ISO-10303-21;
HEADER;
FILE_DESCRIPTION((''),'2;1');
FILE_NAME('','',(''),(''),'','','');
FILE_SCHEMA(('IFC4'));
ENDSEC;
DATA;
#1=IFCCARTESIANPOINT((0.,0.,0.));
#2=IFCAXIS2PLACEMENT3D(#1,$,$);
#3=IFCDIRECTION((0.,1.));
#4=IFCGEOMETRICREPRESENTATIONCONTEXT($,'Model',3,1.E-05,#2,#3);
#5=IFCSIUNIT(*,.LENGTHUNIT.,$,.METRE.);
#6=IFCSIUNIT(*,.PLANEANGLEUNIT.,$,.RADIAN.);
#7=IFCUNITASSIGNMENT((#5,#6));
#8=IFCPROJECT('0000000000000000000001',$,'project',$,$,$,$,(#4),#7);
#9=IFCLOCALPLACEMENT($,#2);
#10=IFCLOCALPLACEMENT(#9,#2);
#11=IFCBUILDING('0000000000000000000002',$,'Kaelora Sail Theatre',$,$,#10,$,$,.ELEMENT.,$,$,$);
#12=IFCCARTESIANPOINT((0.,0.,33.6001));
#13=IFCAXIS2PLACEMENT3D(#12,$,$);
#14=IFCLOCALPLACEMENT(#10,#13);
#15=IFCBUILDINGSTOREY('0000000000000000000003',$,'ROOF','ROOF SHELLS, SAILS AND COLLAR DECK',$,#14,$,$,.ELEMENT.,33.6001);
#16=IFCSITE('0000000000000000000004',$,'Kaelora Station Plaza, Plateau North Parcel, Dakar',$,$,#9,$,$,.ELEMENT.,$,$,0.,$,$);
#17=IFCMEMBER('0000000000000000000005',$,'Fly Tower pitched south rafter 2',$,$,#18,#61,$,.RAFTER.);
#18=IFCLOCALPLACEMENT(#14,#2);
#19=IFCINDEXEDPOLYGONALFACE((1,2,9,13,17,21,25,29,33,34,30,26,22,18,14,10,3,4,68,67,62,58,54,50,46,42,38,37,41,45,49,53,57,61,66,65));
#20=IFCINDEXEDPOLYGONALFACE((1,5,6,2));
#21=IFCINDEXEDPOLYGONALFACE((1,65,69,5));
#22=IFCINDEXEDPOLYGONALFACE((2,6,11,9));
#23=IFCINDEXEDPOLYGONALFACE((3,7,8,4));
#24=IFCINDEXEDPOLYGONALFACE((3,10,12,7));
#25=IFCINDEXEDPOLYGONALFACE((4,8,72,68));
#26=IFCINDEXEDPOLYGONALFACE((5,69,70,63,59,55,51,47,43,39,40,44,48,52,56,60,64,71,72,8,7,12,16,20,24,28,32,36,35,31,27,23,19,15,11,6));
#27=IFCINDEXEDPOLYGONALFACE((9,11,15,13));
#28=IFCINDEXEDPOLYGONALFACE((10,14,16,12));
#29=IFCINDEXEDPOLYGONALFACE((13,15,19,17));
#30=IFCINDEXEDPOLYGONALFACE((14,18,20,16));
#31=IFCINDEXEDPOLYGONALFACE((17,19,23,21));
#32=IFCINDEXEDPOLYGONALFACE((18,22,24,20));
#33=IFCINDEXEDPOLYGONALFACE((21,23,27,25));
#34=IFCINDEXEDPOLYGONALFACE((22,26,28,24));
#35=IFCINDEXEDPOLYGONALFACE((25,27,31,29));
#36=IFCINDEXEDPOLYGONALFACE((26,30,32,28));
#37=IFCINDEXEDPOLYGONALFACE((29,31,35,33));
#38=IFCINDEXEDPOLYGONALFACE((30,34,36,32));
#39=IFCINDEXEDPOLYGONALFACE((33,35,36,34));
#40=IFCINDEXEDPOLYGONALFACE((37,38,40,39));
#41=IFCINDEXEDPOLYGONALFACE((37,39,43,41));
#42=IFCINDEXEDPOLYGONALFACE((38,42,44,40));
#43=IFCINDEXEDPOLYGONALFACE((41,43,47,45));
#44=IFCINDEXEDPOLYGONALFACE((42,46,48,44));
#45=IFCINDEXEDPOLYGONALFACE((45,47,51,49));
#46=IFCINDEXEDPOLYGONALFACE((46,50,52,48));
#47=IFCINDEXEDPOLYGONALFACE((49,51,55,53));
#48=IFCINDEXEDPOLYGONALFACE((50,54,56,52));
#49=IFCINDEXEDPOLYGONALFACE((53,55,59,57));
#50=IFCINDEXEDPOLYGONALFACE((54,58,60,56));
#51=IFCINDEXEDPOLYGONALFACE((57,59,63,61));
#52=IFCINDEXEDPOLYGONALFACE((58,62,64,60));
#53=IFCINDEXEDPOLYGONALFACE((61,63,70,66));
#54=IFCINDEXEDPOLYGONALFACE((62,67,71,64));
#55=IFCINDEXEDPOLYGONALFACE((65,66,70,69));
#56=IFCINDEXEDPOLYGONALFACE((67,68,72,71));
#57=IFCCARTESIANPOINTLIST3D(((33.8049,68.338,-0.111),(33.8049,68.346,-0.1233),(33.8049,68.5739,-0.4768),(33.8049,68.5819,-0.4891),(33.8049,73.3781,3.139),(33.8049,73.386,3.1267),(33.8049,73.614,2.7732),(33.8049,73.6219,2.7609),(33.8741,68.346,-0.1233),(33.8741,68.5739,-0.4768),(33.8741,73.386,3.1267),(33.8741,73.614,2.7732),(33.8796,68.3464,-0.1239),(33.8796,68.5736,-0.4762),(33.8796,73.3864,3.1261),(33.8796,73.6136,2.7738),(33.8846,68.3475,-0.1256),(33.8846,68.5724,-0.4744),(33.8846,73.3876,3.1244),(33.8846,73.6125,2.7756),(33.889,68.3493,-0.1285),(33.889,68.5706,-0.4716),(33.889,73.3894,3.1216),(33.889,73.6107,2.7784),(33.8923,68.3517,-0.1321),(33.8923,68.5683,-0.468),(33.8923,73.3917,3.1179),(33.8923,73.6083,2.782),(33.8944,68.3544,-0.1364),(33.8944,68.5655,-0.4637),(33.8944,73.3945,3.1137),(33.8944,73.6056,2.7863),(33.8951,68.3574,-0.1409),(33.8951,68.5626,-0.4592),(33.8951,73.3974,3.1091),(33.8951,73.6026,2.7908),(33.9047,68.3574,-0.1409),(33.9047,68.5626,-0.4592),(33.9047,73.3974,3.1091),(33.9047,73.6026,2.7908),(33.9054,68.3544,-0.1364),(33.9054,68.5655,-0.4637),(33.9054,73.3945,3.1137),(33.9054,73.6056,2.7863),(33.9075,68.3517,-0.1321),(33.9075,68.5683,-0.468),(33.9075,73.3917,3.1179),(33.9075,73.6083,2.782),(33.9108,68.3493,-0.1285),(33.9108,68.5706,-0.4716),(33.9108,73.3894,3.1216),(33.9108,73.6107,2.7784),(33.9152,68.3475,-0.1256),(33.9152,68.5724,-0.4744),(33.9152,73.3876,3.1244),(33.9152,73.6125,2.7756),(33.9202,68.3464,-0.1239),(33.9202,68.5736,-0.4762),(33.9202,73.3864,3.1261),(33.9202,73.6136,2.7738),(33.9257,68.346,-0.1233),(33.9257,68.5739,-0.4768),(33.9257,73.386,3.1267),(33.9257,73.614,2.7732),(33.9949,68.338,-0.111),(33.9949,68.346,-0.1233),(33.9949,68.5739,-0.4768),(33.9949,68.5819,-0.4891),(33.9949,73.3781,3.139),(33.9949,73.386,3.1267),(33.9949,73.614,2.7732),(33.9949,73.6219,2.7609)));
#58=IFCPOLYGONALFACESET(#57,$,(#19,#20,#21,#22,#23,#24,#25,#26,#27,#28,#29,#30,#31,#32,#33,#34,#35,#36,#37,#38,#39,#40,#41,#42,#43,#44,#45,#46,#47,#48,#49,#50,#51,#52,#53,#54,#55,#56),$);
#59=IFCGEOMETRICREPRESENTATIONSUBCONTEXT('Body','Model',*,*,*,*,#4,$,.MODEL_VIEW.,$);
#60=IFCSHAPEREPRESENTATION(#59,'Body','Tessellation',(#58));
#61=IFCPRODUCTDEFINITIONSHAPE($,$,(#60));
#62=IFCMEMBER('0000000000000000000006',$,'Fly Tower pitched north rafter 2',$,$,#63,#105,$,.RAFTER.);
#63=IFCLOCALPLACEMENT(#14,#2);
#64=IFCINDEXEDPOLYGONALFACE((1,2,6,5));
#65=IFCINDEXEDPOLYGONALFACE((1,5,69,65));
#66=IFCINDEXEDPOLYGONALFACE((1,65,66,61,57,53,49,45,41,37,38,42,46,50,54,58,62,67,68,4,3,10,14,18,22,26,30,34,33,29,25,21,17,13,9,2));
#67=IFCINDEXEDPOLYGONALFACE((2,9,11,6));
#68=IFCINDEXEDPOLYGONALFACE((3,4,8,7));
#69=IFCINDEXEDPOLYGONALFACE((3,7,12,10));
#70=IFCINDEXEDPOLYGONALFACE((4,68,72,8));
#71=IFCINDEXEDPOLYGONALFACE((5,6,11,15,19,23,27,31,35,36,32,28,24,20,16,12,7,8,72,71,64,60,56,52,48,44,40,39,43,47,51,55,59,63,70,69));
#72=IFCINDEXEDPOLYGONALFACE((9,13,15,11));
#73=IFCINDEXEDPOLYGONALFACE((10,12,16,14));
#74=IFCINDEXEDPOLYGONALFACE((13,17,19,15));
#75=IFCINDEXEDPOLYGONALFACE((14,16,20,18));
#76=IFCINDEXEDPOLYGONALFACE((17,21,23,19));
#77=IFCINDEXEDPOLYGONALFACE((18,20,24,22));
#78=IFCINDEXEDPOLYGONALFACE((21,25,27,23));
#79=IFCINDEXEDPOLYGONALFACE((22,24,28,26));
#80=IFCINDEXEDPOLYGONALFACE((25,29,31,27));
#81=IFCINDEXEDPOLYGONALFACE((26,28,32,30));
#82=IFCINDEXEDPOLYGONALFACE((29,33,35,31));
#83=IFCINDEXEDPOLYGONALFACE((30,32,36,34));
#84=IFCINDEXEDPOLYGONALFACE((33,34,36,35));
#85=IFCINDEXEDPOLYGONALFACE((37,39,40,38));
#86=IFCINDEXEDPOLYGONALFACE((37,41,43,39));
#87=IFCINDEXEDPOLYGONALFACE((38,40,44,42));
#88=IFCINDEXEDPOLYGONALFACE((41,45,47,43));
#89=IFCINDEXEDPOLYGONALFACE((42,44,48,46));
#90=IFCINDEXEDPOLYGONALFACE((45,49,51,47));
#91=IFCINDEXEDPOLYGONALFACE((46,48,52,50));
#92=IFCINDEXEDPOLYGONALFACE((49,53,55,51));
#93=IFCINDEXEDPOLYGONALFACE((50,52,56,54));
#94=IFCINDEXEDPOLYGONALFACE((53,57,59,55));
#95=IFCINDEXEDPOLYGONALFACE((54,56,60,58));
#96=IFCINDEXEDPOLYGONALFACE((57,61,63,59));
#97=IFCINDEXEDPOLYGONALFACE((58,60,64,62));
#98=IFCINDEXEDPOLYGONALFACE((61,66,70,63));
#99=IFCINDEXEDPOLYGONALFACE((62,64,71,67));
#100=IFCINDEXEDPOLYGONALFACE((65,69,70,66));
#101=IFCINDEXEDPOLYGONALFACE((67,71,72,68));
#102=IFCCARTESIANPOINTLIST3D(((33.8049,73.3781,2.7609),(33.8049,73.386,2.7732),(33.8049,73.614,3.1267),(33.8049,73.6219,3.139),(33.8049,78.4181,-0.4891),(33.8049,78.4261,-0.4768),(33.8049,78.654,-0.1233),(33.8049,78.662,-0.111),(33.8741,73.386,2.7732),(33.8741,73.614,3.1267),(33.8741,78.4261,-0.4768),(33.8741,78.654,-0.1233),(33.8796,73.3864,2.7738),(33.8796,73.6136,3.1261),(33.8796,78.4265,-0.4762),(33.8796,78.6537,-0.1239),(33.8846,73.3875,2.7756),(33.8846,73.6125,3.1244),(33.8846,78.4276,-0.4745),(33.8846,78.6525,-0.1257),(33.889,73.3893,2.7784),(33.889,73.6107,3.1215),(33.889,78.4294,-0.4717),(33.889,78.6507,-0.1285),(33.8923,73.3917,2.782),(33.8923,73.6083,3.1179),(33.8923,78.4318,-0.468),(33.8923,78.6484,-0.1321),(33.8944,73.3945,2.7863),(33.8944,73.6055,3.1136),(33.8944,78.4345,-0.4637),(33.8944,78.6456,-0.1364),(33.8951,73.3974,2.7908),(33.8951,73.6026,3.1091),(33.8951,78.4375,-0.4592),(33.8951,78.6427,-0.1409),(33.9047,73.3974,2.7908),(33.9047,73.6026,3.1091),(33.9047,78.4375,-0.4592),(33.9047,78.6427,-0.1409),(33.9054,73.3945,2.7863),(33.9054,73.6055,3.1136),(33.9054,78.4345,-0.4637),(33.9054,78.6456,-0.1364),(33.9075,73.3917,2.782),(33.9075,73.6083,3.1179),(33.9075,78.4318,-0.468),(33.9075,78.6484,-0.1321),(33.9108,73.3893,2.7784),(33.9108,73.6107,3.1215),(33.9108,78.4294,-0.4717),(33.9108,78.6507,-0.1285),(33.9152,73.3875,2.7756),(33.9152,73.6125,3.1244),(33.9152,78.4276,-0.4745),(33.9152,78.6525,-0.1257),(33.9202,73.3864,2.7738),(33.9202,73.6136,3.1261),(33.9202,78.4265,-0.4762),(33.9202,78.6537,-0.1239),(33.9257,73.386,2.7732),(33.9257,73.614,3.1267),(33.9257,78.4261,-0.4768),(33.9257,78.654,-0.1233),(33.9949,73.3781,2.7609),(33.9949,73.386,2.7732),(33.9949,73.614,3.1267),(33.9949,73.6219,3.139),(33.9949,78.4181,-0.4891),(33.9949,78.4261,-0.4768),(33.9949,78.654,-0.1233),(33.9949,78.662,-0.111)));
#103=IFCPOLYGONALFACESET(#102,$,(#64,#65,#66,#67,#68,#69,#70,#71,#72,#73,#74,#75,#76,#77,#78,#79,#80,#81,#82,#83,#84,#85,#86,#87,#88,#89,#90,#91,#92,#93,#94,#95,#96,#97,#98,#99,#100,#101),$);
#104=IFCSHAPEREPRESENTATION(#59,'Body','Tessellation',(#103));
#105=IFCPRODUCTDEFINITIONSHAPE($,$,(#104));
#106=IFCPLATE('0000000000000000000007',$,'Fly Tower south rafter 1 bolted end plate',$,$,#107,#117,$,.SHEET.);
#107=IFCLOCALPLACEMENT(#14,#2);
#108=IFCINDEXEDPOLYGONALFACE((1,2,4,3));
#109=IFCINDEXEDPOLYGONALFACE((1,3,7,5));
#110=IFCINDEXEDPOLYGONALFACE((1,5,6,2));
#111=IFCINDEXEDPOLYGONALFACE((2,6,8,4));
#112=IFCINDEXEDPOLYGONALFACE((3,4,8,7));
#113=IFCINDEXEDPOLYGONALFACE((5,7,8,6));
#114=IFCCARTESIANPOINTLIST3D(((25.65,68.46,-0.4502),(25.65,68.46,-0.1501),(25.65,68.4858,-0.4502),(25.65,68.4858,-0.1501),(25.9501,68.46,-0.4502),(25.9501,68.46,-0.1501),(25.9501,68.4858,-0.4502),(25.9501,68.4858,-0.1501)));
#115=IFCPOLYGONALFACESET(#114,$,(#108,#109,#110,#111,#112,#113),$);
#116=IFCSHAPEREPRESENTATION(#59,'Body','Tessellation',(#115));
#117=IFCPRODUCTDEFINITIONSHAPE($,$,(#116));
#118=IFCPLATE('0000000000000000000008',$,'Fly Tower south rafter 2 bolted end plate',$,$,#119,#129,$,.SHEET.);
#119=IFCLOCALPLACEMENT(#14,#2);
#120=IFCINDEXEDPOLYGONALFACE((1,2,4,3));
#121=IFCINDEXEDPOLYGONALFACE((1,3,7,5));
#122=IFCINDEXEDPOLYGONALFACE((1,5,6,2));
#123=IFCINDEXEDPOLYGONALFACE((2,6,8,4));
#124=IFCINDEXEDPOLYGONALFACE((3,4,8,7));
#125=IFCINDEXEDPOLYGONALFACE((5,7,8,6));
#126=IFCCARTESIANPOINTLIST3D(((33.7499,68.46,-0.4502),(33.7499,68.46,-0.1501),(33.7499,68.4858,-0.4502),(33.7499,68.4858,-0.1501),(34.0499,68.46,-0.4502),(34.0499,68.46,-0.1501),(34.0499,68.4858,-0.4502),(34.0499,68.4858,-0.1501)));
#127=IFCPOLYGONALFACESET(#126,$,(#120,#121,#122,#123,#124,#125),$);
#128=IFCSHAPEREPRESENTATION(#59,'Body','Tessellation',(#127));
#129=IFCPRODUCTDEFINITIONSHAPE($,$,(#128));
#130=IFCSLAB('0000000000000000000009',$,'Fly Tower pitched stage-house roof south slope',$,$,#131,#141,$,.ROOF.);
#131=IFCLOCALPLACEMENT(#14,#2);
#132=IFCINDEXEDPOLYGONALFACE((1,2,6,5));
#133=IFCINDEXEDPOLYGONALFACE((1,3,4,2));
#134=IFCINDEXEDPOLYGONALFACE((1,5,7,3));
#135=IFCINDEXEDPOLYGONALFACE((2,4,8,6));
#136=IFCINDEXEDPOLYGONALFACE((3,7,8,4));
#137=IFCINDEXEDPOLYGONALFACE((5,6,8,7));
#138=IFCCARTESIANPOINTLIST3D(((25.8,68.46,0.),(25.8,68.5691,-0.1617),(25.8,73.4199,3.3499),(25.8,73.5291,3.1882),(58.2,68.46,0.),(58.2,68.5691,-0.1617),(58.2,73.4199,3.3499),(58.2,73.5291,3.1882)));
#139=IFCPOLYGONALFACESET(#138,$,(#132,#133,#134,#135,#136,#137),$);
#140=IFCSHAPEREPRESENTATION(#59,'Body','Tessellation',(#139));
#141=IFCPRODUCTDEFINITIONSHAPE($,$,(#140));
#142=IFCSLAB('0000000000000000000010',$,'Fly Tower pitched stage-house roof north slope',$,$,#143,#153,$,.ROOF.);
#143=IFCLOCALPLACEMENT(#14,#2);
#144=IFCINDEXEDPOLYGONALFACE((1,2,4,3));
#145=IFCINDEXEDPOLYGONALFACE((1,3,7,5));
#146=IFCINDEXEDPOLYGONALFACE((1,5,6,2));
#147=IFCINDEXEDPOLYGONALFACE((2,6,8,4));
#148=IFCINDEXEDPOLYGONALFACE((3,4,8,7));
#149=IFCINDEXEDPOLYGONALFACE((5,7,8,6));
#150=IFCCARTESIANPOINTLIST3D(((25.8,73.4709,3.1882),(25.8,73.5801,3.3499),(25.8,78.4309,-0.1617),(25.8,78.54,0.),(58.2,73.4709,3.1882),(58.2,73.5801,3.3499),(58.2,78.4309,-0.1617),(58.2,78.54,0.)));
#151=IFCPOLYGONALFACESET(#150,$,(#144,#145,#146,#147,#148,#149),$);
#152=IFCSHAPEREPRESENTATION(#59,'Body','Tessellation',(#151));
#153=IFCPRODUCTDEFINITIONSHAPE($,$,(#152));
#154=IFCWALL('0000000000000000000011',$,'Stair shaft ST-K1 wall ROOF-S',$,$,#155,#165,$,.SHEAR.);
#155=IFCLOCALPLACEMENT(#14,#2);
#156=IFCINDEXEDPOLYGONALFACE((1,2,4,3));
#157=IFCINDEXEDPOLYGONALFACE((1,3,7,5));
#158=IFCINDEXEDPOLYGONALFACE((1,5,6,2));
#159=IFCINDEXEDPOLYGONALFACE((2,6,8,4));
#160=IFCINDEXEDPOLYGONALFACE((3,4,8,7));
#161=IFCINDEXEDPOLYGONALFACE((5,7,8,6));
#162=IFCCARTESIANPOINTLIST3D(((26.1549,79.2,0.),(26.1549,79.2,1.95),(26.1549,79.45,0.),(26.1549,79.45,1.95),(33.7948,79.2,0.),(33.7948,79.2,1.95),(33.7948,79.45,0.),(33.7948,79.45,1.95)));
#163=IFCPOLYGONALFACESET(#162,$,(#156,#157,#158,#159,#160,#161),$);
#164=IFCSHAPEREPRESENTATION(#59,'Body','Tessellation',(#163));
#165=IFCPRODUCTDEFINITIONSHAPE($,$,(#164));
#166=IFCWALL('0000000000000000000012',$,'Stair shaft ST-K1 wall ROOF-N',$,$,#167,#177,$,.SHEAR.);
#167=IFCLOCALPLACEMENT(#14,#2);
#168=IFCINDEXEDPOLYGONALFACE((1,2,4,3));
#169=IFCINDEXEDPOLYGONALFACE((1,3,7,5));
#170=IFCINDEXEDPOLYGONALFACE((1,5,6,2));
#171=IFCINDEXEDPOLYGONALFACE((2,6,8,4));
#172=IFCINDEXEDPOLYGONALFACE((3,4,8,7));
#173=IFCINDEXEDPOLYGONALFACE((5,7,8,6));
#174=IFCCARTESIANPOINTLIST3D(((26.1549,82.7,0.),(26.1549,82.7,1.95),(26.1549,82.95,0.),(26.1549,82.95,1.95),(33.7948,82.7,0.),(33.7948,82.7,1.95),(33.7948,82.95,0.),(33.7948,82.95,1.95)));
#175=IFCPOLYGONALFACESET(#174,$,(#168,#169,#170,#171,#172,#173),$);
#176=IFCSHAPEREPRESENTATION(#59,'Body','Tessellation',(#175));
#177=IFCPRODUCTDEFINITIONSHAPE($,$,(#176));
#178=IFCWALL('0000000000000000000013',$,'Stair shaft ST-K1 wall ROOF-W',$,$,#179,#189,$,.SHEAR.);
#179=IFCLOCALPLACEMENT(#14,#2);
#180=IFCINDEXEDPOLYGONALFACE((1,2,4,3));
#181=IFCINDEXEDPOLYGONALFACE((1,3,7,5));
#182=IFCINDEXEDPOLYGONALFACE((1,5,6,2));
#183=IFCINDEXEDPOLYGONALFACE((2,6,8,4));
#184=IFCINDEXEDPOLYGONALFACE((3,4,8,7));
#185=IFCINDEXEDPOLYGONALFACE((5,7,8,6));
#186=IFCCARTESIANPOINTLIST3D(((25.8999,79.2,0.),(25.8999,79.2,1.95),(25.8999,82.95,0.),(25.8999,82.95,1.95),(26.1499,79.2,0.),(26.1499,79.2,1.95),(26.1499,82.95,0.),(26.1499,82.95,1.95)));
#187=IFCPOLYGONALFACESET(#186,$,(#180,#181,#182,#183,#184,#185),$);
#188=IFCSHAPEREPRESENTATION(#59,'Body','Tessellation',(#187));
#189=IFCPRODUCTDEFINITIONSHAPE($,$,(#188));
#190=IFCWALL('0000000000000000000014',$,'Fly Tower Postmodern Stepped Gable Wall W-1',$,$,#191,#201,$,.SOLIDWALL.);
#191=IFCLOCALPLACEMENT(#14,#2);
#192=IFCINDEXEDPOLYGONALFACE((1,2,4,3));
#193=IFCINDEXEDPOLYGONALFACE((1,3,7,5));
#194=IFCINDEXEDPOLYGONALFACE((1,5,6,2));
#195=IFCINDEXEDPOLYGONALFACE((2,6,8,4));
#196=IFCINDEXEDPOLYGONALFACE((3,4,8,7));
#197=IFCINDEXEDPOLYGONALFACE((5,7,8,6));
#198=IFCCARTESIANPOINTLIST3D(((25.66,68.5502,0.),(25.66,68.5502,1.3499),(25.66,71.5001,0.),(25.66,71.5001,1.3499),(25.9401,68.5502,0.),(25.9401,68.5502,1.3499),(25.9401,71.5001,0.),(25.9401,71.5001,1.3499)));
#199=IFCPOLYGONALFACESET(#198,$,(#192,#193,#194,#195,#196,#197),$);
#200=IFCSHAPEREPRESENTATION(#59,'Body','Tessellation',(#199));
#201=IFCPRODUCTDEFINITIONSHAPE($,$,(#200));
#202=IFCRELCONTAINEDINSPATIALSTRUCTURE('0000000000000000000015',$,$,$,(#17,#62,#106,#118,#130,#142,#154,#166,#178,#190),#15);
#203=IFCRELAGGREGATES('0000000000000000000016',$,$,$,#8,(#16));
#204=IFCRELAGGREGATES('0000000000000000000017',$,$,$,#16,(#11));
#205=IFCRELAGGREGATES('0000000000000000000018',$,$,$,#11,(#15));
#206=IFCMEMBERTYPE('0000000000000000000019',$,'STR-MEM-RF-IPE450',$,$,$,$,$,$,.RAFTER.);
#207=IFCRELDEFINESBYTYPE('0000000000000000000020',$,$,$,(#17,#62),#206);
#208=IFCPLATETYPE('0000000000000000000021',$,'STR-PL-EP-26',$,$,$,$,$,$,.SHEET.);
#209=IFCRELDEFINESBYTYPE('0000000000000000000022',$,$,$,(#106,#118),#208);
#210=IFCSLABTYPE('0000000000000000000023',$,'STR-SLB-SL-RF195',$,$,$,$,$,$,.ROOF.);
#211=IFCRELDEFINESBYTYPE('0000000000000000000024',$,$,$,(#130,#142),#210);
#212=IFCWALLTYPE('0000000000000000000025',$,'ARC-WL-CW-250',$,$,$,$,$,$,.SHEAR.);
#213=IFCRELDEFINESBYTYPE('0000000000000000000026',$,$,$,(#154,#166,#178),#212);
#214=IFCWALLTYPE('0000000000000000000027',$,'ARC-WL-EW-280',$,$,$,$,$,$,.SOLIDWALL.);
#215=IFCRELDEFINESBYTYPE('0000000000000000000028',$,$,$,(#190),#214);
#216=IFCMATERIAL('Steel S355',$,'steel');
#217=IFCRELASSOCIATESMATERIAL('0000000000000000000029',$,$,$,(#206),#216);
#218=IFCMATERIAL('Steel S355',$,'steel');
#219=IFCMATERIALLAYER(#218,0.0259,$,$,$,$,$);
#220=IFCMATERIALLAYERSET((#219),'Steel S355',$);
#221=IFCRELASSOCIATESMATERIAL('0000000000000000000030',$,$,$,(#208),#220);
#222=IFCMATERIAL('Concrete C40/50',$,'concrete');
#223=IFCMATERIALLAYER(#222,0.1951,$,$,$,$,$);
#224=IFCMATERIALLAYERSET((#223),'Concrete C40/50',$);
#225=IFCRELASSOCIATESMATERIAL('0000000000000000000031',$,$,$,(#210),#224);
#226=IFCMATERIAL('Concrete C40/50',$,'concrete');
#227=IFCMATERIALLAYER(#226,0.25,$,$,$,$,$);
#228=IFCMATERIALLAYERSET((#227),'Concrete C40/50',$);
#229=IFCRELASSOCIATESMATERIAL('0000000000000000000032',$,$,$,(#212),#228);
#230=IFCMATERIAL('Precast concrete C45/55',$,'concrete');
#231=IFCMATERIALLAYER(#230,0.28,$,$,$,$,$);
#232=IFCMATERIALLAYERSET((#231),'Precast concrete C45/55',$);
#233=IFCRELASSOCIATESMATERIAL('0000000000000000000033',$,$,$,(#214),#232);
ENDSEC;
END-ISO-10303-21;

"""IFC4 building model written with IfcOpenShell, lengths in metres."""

from ifc_helpers import new_model, si_unit, direction, frame, frame_2d, origin, origin_2d, place, context, subcontext, project, spatial, polyline, rectangle, i_section, outline, extrude, material, layer, layer_set, material_profile, profile_set, type_object, element, save


model = new_model("IFC4")

# Units and contexts
model_context = context("Model", 3, precision=1e-05, world=origin(), true_north=direction((0.0, 1.0)))
body_context = subcontext(model_context, "Body", "Model", "MODEL_VIEW")
ifc_project = project(units=[si_unit("LENGTHUNIT", "METRE"), si_unit("PLANEANGLEUNIT", "RADIAN")], contexts=[model_context])

# Site, building, storey
site_placement = place(None, origin())
site = spatial("IfcSite", under=ifc_project, at=site_placement, Name="Kaelora Station Plaza, Plateau North Parcel, Dakar", CompositionType="ELEMENT", RefElevation=0.0)
building_placement = place(site_placement, origin())
building = spatial("IfcBuilding", under=site, at=building_placement, Name="Kaelora Sail Theatre", CompositionType="ELEMENT")
storey_placement = place(building_placement, frame((0.0, 0.0, 33.6001)))
storey = spatial("IfcBuildingStorey", under=building, at=storey_placement, Name="ROOF", Description="ROOF SHELLS, SAILS AND COLLAR DECK", CompositionType="ELEMENT", Elevation=33.6001)

# Members
ifc_material_1 = material(Name="Steel S355", Category="steel")
ifc_material_profile_1 = material_profile(ifc_material_1, i_section(OverallWidth=0.1899, OverallDepth=0.45, WebThickness=0.0095, FlangeThickness=0.0146, FilletRadius=0.021, at=origin_2d()), Name="IPE 450")
ifc_profile_set_1 = profile_set([ifc_material_profile_1], Name="Steel S355")
member_type = type_object("IfcMemberType", Name="STR-MEM-RF-IPE450", PredefinedType="RAFTER", material=ifc_profile_set_1)
for number, where, z_axis, x_axis, name in (
    (1, (33.8999, 68.46, -0.3), (0.0, 0.840421, 0.541934), (-1.0, 0.0, 0.0), "Fly Tower pitched south rafter 2"),
    (2, (33.8999, 73.5, 2.95), (0.0, 0.840421, -0.541934), (-1.0, 0.0, 0.0), "Fly Tower pitched north rafter 2"),
):
    element("IfcMember", number, at=place(storey_placement, frame(where, z_axis=z_axis, x_axis=x_axis)), inside=storey, type_object=member_type, Name=name, PredefinedType="RAFTER", context=body_context, shape_type="SweptSolid", body=[
        extrude(i_section(OverallWidth=0.1899, OverallDepth=0.45, WebThickness=0.0095, FlangeThickness=0.0146, FilletRadius=0.021, at=origin_2d()), origin(), (0.0, 0.0, 1.0), 5.9971),
    ])

# Plates
ifc_material_2 = material(Name="Steel S355", Category="steel")
ifc_layer_1 = layer(ifc_material_2, 0.0259)
ifc_layer_set_1 = layer_set([ifc_layer_1], Name="Steel S355")
plate_type = type_object("IfcPlateType", Name="STR-PL-EP-26", PredefinedType="SHEET", material=ifc_layer_set_1)
for number, where, z_axis, x_axis, name in (
    (3, (25.8, 68.4729, -0.4502), (0.0, 0.0, 1.0), (1.0, 0.0, 0.0), "Fly Tower south rafter 1 bolted end plate"),
    (4, (33.8999, 68.4729, -0.4502), (0.0, 0.0, 1.0), (1.0, 0.0, 0.0), "Fly Tower south rafter 2 bolted end plate"),
):
    element("IfcPlate", number, at=place(storey_placement, frame(where, z_axis=z_axis, x_axis=x_axis)), inside=storey, type_object=plate_type, Name=name, PredefinedType="SHEET", context=body_context, shape_type="SweptSolid", body=[
        extrude(rectangle(XDim=0.3, YDim=0.0259, at=origin_2d()), origin(), (0.0, 0.0, 1.0), 0.3),
    ])

# Slabs
ifc_material_3 = material(Name="Concrete C40/50", Category="concrete")
ifc_layer_2 = layer(ifc_material_3, 0.1951)
ifc_layer_set_2 = layer_set([ifc_layer_2], Name="Concrete C40/50")
slab_type = type_object("IfcSlabType", Name="STR-SLB-SL-RF195", PredefinedType="ROOF", material=ifc_layer_set_2)
for number, where, z_axis, x_axis, name in (
    (5, (25.8, 68.46, 0.0), (0.0, -0.559689, 0.828703), (1.0, 0.0, 0.0), "Fly Tower pitched stage-house roof south slope"),
    (6, (25.8, 73.5801, 3.3499), (0.0, 0.559689, 0.828703), (1.0, 0.0, 0.0), "Fly Tower pitched stage-house roof north slope"),
):
    element("IfcSlab", number, at=place(storey_placement, frame(where, z_axis=z_axis, x_axis=x_axis)), inside=storey, type_object=slab_type, Name=name, PredefinedType="ROOF", context=body_context, shape_type="SweptSolid", body=[
        extrude(outline(polyline([(0.0, 0.0), (32.3999, 0.0), (32.3999, 5.9852), (0.0, 5.9852), (0.0, 0.0)])), origin(), (0.0, 0.0, -1.0), 0.1951),
    ])

# Walls
ifc_material_4 = material(Name="Concrete C40/50", Category="concrete")
ifc_layer_3 = layer(ifc_material_4, 0.25)
ifc_layer_set_3 = layer_set([ifc_layer_3], Name="Concrete C40/50")
wall_type_1 = type_object("IfcWallType", Name="ARC-WL-CW-250", PredefinedType="SHEAR", material=ifc_layer_set_3)
for number, where, z_axis, x_axis, name in (
    (7, (26.155, 79.325, 0.0), (0.0, 0.0, 1.0), (1.0, 0.0, 0.0), "Stair shaft ST-K1 wall ROOF-S"),
    (8, (26.155, 82.825, 0.0), (0.0, 0.0, 1.0), (1.0, 0.0, 0.0), "Stair shaft ST-K1 wall ROOF-N"),
):
    element("IfcWall", number, at=place(storey_placement, frame(where, z_axis=z_axis, x_axis=x_axis)), inside=storey, type_object=wall_type_1, Name=name, PredefinedType="SHEAR", context=body_context, shape_type="SweptSolid", body=[
        extrude(rectangle(XDim=7.6399, YDim=0.25, at=frame_2d((3.8198, 0.0))), origin(), (0.0, 0.0, 1.0), 1.95),
    ])
wall_1_placement = place(storey_placement, frame((26.0249, 79.2, 0.0), z_axis=(0.0, 0.0, 1.0), x_axis=(0.0, 1.0, 0.0)))
element("IfcWall", 9, at=wall_1_placement, inside=storey, type_object=wall_type_1, Name="Stair shaft ST-K1 wall ROOF-W", PredefinedType="SHEAR", context=body_context, shape_type="SweptSolid", body=[
    extrude(rectangle(XDim=3.75, YDim=0.25, at=frame_2d((1.875, 0.0))), origin(), (0.0, 0.0, 1.0), 1.95),
])
ifc_material_5 = material(Name="Precast concrete C45/55", Category="concrete")
ifc_layer_4 = layer(ifc_material_5, 0.28)
ifc_layer_set_4 = layer_set([ifc_layer_4], Name="Precast concrete C45/55")
wall_type_2 = type_object("IfcWallType", Name="ARC-WL-EW-280", PredefinedType="SOLIDWALL", material=ifc_layer_set_4)
wall_2_placement = place(storey_placement, frame((25.8, 68.55, 0.0), z_axis=(0.0, 0.0, 1.0), x_axis=(0.0, 1.0, 0.0)))
element("IfcWall", 10, at=wall_2_placement, inside=storey, type_object=wall_type_2, Name="Fly Tower Postmodern Stepped Gable Wall W-1", PredefinedType="SOLIDWALL", context=body_context, shape_type="SweptSolid", body=[
    extrude(rectangle(XDim=2.95, YDim=0.28, at=frame_2d((1.4751, 0.0))), origin(), (0.0, 0.0, 1.0), 1.3499),
])

save(model, "model.ifc")
